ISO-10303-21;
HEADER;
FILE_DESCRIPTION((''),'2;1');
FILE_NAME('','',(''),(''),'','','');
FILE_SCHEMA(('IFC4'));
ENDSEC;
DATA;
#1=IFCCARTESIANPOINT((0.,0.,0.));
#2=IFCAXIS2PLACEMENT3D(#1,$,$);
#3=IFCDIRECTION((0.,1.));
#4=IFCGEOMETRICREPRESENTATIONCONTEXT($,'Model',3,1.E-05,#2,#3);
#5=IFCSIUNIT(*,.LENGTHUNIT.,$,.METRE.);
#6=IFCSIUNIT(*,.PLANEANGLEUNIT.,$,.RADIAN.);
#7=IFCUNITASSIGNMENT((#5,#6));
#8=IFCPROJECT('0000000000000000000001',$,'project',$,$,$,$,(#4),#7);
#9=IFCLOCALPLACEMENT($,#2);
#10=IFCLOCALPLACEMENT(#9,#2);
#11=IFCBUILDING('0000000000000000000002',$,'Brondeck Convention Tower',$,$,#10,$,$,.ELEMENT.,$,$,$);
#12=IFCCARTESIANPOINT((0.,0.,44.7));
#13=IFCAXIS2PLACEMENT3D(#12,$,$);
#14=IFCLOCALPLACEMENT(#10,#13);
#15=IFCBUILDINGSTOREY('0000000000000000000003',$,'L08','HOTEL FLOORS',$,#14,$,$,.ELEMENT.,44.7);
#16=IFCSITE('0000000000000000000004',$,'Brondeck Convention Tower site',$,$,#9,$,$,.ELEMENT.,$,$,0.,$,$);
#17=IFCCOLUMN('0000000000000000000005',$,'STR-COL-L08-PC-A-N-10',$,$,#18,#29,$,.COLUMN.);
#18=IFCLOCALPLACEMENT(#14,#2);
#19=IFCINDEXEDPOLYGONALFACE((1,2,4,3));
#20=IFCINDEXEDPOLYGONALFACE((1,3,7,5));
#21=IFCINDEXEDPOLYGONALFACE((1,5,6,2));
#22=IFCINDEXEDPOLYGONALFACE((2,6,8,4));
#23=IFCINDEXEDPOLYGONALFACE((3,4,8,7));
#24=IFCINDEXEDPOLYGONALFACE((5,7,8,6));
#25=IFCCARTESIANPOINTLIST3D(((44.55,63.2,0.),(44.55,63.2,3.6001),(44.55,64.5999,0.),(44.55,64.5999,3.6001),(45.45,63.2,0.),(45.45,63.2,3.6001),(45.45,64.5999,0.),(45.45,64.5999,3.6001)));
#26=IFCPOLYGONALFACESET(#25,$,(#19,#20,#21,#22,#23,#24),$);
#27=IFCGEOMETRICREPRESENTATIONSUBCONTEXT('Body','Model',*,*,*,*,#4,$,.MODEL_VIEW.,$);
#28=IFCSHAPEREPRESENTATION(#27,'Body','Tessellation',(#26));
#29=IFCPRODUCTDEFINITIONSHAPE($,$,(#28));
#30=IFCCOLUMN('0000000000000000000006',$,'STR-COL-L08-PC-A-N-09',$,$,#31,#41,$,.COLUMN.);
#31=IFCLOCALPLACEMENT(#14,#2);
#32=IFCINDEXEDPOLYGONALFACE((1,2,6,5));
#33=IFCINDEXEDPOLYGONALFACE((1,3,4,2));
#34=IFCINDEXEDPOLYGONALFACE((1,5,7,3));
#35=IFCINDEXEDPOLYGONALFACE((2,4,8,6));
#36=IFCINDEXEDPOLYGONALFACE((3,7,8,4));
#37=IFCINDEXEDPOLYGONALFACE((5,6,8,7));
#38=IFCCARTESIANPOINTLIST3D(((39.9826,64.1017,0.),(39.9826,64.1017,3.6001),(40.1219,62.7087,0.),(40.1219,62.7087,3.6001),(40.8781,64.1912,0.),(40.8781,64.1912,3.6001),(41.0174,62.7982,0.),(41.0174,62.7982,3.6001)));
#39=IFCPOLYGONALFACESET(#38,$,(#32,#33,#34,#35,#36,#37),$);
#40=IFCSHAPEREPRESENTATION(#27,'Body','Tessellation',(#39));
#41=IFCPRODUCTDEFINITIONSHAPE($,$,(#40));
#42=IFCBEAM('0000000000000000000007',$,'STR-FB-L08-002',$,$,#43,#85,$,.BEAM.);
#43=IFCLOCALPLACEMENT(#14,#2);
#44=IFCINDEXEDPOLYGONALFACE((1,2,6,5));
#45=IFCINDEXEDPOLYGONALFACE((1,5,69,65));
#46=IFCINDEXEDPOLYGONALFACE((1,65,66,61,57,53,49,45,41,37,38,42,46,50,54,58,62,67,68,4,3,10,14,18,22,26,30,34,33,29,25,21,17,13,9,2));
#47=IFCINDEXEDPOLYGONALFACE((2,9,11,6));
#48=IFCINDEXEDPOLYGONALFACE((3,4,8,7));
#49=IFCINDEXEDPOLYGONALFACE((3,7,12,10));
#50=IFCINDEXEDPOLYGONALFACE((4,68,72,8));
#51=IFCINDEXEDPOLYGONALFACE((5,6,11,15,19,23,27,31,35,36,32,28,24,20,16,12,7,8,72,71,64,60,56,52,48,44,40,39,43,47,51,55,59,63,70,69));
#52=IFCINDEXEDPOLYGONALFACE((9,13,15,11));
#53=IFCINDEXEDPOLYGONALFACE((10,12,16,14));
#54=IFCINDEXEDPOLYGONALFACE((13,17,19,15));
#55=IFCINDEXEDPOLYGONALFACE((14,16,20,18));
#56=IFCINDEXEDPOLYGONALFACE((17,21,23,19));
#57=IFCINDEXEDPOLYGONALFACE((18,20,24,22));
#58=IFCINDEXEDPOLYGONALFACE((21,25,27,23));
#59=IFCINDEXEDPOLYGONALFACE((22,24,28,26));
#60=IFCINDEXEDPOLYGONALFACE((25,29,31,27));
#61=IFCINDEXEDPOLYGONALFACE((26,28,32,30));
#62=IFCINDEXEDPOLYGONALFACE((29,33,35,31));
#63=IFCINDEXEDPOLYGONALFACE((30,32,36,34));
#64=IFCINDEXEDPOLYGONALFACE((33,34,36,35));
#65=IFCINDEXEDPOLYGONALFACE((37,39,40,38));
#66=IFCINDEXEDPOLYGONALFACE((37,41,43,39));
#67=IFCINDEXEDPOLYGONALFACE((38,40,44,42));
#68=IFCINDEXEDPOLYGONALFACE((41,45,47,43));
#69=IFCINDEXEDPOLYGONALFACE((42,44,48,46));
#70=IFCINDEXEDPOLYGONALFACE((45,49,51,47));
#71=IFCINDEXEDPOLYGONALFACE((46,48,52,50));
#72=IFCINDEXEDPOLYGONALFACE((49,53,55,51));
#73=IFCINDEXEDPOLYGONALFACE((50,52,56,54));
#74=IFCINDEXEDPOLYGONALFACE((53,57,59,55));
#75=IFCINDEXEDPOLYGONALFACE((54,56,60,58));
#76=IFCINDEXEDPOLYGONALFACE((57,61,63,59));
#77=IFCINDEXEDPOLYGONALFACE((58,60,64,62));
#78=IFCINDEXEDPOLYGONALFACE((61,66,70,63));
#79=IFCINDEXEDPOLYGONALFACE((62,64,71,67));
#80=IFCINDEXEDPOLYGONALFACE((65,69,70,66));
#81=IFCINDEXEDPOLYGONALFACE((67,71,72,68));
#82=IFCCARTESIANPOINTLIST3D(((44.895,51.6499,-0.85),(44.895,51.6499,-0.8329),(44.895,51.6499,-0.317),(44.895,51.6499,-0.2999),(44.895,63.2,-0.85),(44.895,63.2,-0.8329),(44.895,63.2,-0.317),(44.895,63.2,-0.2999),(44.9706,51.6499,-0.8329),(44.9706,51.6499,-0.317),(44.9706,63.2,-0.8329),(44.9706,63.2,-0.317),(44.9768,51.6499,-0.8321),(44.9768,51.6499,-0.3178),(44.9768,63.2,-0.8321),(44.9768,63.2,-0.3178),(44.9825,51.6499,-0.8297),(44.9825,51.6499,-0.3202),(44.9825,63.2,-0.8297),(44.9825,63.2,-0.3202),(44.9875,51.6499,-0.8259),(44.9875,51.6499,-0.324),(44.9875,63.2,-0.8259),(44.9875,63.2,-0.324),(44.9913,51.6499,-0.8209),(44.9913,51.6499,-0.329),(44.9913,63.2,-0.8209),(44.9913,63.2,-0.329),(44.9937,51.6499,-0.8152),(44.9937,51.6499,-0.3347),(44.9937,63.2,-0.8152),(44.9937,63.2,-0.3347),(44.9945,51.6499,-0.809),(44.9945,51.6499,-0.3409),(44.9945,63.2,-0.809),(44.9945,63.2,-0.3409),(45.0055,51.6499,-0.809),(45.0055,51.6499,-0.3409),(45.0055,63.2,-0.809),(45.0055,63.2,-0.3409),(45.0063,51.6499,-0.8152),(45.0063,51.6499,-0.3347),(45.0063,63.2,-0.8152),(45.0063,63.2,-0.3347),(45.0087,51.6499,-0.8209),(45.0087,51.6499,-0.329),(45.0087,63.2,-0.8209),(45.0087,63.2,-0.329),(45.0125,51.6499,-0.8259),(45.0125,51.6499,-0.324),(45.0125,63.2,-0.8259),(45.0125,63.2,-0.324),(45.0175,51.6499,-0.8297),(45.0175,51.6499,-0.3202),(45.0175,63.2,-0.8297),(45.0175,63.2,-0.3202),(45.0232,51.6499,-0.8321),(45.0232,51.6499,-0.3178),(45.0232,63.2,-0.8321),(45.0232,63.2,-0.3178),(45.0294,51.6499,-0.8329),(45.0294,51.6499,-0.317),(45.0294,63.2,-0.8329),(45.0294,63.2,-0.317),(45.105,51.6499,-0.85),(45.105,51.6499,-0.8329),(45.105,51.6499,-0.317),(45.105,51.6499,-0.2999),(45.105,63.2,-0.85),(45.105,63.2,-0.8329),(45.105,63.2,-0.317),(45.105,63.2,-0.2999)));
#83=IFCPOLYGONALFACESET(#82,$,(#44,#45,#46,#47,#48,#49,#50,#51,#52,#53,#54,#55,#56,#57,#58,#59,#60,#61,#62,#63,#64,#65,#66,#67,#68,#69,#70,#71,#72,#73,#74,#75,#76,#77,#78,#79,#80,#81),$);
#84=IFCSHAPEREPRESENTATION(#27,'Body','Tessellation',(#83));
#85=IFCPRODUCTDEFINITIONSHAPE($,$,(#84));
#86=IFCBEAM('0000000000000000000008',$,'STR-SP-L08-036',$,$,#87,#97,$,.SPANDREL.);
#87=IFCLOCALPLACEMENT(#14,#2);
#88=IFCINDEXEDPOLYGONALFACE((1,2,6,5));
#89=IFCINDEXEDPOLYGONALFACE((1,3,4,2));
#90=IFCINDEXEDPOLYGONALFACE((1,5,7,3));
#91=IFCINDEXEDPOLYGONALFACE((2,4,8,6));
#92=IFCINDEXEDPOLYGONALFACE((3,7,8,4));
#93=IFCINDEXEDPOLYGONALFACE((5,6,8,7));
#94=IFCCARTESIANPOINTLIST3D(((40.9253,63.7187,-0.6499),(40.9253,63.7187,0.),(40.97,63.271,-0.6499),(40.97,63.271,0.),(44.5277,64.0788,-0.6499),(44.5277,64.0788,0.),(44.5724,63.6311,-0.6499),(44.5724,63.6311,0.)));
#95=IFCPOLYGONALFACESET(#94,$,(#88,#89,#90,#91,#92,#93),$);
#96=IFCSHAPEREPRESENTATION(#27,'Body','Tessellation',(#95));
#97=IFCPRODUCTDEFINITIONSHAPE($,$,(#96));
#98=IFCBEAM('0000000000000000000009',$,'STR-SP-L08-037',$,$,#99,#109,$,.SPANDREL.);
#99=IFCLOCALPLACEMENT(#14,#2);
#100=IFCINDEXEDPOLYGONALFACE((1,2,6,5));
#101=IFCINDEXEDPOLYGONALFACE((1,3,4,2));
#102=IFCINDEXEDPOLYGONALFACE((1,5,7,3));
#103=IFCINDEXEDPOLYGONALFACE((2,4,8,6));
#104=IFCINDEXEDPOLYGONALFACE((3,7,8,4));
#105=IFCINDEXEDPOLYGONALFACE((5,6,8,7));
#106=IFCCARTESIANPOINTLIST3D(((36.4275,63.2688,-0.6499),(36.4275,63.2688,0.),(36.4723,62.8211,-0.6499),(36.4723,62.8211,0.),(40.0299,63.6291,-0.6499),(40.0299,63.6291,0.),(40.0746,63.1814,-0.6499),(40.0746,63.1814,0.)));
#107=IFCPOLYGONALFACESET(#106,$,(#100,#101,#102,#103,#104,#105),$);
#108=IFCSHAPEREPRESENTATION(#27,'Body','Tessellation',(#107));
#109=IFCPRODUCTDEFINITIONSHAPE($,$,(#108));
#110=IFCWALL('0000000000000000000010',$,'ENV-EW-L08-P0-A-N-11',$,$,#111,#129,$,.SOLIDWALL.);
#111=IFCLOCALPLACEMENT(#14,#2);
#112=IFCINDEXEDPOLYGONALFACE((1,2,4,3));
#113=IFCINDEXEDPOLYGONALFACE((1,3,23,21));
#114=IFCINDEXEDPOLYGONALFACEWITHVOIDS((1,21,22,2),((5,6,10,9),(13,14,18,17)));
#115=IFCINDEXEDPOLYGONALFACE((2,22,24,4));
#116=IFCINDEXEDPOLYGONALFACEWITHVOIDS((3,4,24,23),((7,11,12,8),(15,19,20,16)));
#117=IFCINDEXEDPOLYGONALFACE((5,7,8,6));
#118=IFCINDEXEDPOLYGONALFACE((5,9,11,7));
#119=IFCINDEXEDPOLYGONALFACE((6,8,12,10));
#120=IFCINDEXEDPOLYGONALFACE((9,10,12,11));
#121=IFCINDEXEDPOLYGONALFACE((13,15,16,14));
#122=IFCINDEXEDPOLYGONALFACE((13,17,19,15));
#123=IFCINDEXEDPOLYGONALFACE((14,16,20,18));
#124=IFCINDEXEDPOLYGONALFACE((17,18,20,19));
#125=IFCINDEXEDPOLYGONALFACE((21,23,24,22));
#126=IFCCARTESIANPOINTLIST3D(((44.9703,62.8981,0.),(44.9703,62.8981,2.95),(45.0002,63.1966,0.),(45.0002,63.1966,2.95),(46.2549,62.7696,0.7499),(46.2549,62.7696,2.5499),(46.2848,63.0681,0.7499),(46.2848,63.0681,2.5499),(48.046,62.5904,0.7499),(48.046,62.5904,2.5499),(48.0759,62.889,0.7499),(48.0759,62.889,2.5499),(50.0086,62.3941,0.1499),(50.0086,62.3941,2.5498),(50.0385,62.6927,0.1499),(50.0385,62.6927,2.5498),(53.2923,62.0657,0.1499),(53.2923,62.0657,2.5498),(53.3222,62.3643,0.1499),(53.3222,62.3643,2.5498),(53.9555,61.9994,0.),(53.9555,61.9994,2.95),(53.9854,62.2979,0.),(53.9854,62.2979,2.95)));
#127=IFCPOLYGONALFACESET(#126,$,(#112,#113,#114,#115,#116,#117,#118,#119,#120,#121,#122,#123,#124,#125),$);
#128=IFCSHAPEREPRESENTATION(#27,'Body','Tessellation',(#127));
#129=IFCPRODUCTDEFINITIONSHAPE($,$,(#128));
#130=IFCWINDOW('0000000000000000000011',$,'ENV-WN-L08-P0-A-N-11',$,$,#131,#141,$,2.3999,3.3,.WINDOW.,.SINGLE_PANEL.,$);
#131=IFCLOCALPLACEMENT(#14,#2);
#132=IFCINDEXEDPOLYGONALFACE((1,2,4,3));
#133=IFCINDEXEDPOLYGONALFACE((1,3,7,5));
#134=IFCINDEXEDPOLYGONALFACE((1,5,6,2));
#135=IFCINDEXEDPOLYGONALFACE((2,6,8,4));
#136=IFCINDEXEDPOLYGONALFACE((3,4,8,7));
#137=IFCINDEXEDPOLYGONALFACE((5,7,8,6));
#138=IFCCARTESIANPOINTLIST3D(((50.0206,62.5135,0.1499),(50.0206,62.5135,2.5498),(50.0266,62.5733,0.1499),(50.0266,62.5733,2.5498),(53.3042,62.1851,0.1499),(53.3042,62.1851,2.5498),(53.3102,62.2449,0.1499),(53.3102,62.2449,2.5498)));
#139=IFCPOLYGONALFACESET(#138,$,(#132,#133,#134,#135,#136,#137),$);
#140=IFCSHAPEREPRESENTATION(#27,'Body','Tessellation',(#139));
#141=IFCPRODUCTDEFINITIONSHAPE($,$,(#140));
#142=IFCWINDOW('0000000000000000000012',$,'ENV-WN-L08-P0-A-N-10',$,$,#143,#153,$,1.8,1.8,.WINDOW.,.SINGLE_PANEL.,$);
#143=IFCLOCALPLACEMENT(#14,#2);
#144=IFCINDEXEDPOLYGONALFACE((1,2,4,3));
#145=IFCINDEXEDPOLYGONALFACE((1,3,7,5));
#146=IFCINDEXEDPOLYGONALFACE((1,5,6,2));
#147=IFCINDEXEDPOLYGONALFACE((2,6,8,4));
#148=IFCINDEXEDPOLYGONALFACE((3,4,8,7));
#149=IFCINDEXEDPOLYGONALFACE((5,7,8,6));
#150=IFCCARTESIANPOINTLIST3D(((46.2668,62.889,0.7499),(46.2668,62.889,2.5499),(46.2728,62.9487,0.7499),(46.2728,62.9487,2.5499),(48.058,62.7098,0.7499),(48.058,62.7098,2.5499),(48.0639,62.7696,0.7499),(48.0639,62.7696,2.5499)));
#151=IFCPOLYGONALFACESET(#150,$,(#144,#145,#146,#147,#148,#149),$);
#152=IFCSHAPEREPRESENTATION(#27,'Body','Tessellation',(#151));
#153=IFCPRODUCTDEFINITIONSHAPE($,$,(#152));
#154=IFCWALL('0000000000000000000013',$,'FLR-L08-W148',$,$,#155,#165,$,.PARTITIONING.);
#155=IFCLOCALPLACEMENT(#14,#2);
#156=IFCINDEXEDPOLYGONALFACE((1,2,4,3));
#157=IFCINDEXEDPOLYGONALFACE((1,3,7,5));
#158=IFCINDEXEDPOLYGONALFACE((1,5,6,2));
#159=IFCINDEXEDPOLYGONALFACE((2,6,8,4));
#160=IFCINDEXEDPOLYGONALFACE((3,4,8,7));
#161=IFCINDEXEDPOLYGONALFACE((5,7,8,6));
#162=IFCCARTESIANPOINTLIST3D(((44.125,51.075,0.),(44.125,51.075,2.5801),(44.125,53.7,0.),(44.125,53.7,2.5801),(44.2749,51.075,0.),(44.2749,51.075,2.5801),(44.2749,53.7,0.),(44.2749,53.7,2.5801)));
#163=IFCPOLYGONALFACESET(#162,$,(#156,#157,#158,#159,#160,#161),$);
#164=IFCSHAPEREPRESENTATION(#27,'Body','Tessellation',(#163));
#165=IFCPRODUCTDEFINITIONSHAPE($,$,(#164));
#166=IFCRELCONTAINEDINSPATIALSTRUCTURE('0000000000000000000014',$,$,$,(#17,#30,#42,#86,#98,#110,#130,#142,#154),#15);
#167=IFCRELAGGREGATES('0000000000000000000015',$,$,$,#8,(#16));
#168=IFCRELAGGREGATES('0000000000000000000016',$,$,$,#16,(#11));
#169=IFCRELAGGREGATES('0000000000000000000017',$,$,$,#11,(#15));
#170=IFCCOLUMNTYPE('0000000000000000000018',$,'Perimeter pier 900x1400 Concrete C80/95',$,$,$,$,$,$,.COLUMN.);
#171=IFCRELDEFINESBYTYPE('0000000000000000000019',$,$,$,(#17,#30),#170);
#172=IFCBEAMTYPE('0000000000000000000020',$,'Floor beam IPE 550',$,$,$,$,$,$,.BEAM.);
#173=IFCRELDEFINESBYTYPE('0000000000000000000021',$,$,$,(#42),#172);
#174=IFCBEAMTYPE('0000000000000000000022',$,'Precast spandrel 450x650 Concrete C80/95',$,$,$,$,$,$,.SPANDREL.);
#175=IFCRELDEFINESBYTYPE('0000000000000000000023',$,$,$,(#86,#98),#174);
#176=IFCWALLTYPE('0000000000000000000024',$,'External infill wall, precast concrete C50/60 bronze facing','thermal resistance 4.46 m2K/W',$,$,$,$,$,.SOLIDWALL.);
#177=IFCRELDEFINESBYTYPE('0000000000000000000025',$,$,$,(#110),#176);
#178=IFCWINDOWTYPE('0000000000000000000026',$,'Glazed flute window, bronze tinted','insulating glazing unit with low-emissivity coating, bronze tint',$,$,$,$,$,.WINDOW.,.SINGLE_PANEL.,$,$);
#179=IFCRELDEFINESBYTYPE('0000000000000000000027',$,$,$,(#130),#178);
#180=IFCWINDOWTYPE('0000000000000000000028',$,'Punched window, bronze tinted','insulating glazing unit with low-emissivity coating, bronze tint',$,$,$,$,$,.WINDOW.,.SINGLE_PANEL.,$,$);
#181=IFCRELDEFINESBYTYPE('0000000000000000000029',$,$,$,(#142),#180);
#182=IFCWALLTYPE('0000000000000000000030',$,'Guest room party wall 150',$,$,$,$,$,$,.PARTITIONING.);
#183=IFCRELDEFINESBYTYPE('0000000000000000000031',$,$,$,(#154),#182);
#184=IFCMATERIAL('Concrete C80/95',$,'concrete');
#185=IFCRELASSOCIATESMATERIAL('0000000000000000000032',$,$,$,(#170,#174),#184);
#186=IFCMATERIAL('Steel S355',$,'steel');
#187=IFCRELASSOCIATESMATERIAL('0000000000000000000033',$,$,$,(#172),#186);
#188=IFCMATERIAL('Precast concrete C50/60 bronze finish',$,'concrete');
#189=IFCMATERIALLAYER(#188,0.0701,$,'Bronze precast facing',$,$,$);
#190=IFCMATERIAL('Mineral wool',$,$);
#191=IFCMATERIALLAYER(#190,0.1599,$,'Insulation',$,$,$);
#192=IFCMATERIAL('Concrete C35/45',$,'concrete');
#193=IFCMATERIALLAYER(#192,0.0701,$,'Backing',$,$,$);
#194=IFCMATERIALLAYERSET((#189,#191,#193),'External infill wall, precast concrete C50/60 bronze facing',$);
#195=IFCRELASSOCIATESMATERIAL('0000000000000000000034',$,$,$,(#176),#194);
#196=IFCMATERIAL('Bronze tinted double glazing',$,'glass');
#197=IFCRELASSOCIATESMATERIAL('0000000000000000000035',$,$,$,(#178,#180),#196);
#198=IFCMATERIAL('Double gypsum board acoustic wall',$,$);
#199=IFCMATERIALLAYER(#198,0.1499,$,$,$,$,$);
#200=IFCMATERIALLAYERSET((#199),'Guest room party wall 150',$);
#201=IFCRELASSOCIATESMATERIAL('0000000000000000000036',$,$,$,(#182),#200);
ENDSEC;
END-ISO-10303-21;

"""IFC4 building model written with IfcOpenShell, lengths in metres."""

from ifc_helpers import new_model, si_unit, direction, frame, frame_2d, origin, origin_2d, place, context, subcontext, project, spatial, rectangle, i_section, extrude, material, layer, layer_set, material_profile, profile_set, type_object, element, fill, save


model = new_model("IFC4")

# Units and contexts
model_context = context("Model", 3, precision=1e-05, world=origin(), true_north=direction((0.0, 1.0)))
body_context = subcontext(model_context, "Body", "Model", "MODEL_VIEW")
ifc_project = project(units=[si_unit("LENGTHUNIT", "METRE"), si_unit("PLANEANGLEUNIT", "RADIAN")], contexts=[model_context])

# Site, building, storey
site_placement = place(None, origin())
site = spatial("IfcSite", under=ifc_project, at=site_placement, Name="Brondeck Convention Tower site", CompositionType="ELEMENT", RefElevation=0.0)
building_placement = place(site_placement, origin())
building = spatial("IfcBuilding", under=site, at=building_placement, Name="Brondeck Convention Tower", CompositionType="ELEMENT")
storey_placement = place(building_placement, frame((0.0, 0.0, 44.7)))
storey = spatial("IfcBuildingStorey", under=building, at=storey_placement, Name="L08", Description="HOTEL FLOORS", CompositionType="ELEMENT", Elevation=44.7)

# Columns
ifc_material_1 = material(Name="Concrete C80/95", Category="concrete")
ifc_material_profile_1 = material_profile(ifc_material_1, rectangle(XDim=0.8999, YDim=1.3999, at=origin_2d()), Name="Perimeter pier 900x1400 Concrete C80/95")
ifc_profile_set_1 = profile_set([ifc_material_profile_1], Name="Concrete C80/95")
column_type = type_object("IfcColumnType", Name="Perimeter pier 900x1400 Concrete C80/95", PredefinedType="COLUMN", material=ifc_profile_set_1)
for number, where, z_axis, x_axis, name in (
    (1, (45.0, 63.8999, 0.0), (0.0, 0.0, 1.0), (-1.0, 0.0, 0.0), "STR-COL-L08-PC-A-N-10"),
    (2, (40.5, 63.45, 0.0), (0.0, 0.0, 1.0), (-0.995037, -0.099504, 0.0), "STR-COL-L08-PC-A-N-09"),
):
    element("IfcColumn", number, at=place(storey_placement, frame(where, z_axis=z_axis, x_axis=x_axis)), inside=storey, type_object=column_type, Name=name, PredefinedType="COLUMN", context=body_context, shape_type="SweptSolid", body=[
        extrude(rectangle(XDim=0.8999, YDim=1.3999, at=origin_2d()), origin(), (0.0, 0.0, 1.0), 3.6001),
    ])

# Beams
ifc_material_2 = material(Name="Steel S355", Category="steel")
ifc_material_profile_2 = material_profile(ifc_material_2, i_section(OverallWidth=0.21, OverallDepth=0.55, WebThickness=0.011, FlangeThickness=0.0171, FilletRadius=0.0239, at=origin_2d()), Name="IPE 550")
ifc_profile_set_2 = profile_set([ifc_material_profile_2], Name="Steel S355")
beam_type_1 = type_object("IfcBeamType", Name="Floor beam IPE 550", PredefinedType="BEAM", material=ifc_profile_set_2)
beam_placement = place(storey_placement, frame((45.0, 51.6499, -0.575), z_axis=(0.0, 1.0, 0.0), x_axis=(-1.0, 0.0, 0.0)))
element("IfcBeam", 3, at=beam_placement, inside=storey, type_object=beam_type_1, Name="STR-FB-L08-002", PredefinedType="BEAM", context=body_context, shape_type="SweptSolid", body=[
    extrude(i_section(OverallWidth=0.21, OverallDepth=0.55, WebThickness=0.011, FlangeThickness=0.0171, FilletRadius=0.0239, at=origin_2d()), origin(), (0.0, 0.0, 1.0), 11.55),
])
ifc_material_profile_3 = material_profile(ifc_material_1, rectangle(XDim=0.45, YDim=0.6499, at=origin_2d()), Name="Precast spandrel 450x650 Concrete C80/95")
ifc_profile_set_3 = profile_set([ifc_material_profile_3], Name="Concrete C80/95")
beam_type_2 = type_object("IfcBeamType", Name="Precast spandrel 450x650 Concrete C80/95", PredefinedType="SPANDREL", material=ifc_profile_set_3)
for number, where, z_axis, x_axis, name in (
    (4, (44.55, 63.855, -0.325), (-0.995041, -0.09947, 0.0), (0.09947, -0.995041, 0.0), "STR-SP-L08-036"),
    (5, (40.0522, 63.4053, -0.325), (-0.995034, -0.099537, 0.0), (0.099537, -0.995034, 0.0), "STR-SP-L08-037"),
):
    element("IfcBeam", number, at=place(storey_placement, frame(where, z_axis=z_axis, x_axis=x_axis)), inside=storey, type_object=beam_type_2, Name=name, PredefinedType="SPANDREL", context=body_context, shape_type="SweptSolid", body=[
        extrude(rectangle(XDim=0.45, YDim=0.6499, at=origin_2d()), origin(), (0.0, 0.0, 1.0), 3.6204),
    ])

# Wall, openings, windows
ifc_material_3 = material(Name="Precast concrete C50/60 bronze finish", Category="concrete")
ifc_layer_1 = layer(ifc_material_3, 0.0701, Name="Bronze precast facing")
ifc_material_4 = material(Name="Mineral wool")
ifc_layer_2 = layer(ifc_material_4, 0.1599, Name="Insulation")
ifc_material_5 = material(Name="Concrete C35/45", Category="concrete")
ifc_layer_3 = layer(ifc_material_5, 0.0701, Name="Backing")
ifc_layer_set_1 = layer_set([ifc_layer_1, ifc_layer_2, ifc_layer_3], Name="External infill wall, precast concrete C50/60 bronze facing")
wall_type_1 = type_object("IfcWallType", Name="External infill wall, precast concrete C50/60 bronze facing", Description="thermal resistance 4.46 m2K/W", PredefinedType="SOLIDWALL", material=ifc_layer_set_1)
wall_1_placement = place(storey_placement, frame((44.9851, 63.0474, 0.0), z_axis=(0.0, 0.0, 1.0), x_axis=(0.995035, -0.099522, 0.0)))
wall_1 = element("IfcWall", 6, at=wall_1_placement, inside=storey, type_object=wall_type_1, Name="ENV-EW-L08-P0-A-N-11", PredefinedType="SOLIDWALL", context=body_context, shape_type="SweptSolid", body=[
    extrude(rectangle(XDim=9.03, YDim=0.3, at=frame_2d((4.5151, 0.0))), origin(), (0.0, 0.0, 1.0), 2.95),
])
opening_1_placement = place(wall_1_placement, frame((1.2913, 0.0, 0.75)))
opening_1 = element("IfcOpeningElement", 7, at=opening_1_placement, cuts=wall_1, PredefinedType="OPENING", context=body_context, shape_type="SweptSolid", body=[
    extrude(rectangle(XDim=1.8, YDim=1.8, at=frame_2d((0.8999, 0.8999))), frame((0.0, 0.1599, 0.0), z_axis=(0.0, -1.0, 0.0), x_axis=(1.0, 0.0, 0.0)), (0.0, 0.0, 1.0), 0.3201),
])
opening_2_placement = place(wall_1_placement, frame((5.0637, 0.0, 0.1499)))
opening_2 = element("IfcOpeningElement", 8, at=opening_2_placement, cuts=wall_1, PredefinedType="OPENING", context=body_context, shape_type="SweptSolid", body=[
    extrude(rectangle(XDim=3.3, YDim=2.3999, at=frame_2d((1.6499, 1.2))), frame((0.0, 0.1599, 0.0), z_axis=(0.0, -1.0, 0.0), x_axis=(1.0, 0.0, 0.0)), (0.0, 0.0, 1.0), 0.3201),
])
ifc_material_6 = material(Name="Bronze tinted double glazing", Category="glass")
window_type_1 = type_object("IfcWindowType", Name="Glazed flute window, bronze tinted", Description="insulating glazing unit with low-emissivity coating, bronze tint", PartitioningType="SINGLE_PANEL", PredefinedType="WINDOW", material=ifc_material_6)
window_1_placement = place(opening_2_placement, origin())
window_1 = element("IfcWindow", 9, at=window_1_placement, inside=storey, type_object=window_type_1, Name="ENV-WN-L08-P0-A-N-11", OverallHeight=2.3999, OverallWidth=3.3, PartitioningType="SINGLE_PANEL", PredefinedType="WINDOW", context=body_context, shape_type="SweptSolid", body=[
    extrude(rectangle(XDim=3.3, YDim=2.3999, at=frame_2d((1.6499, 1.2))), frame((0.0, 0.03, 0.0), z_axis=(0.0, -1.0, 0.0), x_axis=(1.0, 0.0, 0.0)), (0.0, 0.0, 1.0), 0.0601),
])
fill(opening_2, window_1)
window_type_2 = type_object("IfcWindowType", Name="Punched window, bronze tinted", Description="insulating glazing unit with low-emissivity coating, bronze tint", PartitioningType="SINGLE_PANEL", PredefinedType="WINDOW", material=ifc_material_6)
window_2_placement = place(opening_1_placement, origin())
window_2 = element("IfcWindow", 10, at=window_2_placement, inside=storey, type_object=window_type_2, Name="ENV-WN-L08-P0-A-N-10", OverallHeight=1.8, OverallWidth=1.8, PartitioningType="SINGLE_PANEL", PredefinedType="WINDOW", context=body_context, shape_type="SweptSolid", body=[
    extrude(rectangle(XDim=1.8, YDim=1.8, at=frame_2d((0.8999, 0.8999))), frame((0.0, 0.03, 0.0), z_axis=(0.0, -1.0, 0.0), x_axis=(1.0, 0.0, 0.0)), (0.0, 0.0, 1.0), 0.0601),
])
fill(opening_1, window_2)

# Wall
ifc_material_7 = material(Name="Double gypsum board acoustic wall")
ifc_layer_4 = layer(ifc_material_7, 0.1499)
ifc_layer_set_2 = layer_set([ifc_layer_4], Name="Guest room party wall 150")
wall_type_2 = type_object("IfcWallType", Name="Guest room party wall 150", PredefinedType="PARTITIONING", material=ifc_layer_set_2)
wall_2_placement = place(storey_placement, frame((44.2, 53.7, 0.0), z_axis=(0.0, 0.0, 1.0), x_axis=(0.0, -1.0, 0.0)))
element("IfcWall", 11, at=wall_2_placement, inside=storey, type_object=wall_type_2, Name="FLR-L08-W148", PredefinedType="PARTITIONING", context=body_context, shape_type="SweptSolid", body=[
    extrude(rectangle(XDim=2.625, YDim=0.1499, at=frame_2d((1.3125, 0.0))), origin(), (0.0, 0.0, 1.0), 2.5801),
])

save(model, "model.ifc")
